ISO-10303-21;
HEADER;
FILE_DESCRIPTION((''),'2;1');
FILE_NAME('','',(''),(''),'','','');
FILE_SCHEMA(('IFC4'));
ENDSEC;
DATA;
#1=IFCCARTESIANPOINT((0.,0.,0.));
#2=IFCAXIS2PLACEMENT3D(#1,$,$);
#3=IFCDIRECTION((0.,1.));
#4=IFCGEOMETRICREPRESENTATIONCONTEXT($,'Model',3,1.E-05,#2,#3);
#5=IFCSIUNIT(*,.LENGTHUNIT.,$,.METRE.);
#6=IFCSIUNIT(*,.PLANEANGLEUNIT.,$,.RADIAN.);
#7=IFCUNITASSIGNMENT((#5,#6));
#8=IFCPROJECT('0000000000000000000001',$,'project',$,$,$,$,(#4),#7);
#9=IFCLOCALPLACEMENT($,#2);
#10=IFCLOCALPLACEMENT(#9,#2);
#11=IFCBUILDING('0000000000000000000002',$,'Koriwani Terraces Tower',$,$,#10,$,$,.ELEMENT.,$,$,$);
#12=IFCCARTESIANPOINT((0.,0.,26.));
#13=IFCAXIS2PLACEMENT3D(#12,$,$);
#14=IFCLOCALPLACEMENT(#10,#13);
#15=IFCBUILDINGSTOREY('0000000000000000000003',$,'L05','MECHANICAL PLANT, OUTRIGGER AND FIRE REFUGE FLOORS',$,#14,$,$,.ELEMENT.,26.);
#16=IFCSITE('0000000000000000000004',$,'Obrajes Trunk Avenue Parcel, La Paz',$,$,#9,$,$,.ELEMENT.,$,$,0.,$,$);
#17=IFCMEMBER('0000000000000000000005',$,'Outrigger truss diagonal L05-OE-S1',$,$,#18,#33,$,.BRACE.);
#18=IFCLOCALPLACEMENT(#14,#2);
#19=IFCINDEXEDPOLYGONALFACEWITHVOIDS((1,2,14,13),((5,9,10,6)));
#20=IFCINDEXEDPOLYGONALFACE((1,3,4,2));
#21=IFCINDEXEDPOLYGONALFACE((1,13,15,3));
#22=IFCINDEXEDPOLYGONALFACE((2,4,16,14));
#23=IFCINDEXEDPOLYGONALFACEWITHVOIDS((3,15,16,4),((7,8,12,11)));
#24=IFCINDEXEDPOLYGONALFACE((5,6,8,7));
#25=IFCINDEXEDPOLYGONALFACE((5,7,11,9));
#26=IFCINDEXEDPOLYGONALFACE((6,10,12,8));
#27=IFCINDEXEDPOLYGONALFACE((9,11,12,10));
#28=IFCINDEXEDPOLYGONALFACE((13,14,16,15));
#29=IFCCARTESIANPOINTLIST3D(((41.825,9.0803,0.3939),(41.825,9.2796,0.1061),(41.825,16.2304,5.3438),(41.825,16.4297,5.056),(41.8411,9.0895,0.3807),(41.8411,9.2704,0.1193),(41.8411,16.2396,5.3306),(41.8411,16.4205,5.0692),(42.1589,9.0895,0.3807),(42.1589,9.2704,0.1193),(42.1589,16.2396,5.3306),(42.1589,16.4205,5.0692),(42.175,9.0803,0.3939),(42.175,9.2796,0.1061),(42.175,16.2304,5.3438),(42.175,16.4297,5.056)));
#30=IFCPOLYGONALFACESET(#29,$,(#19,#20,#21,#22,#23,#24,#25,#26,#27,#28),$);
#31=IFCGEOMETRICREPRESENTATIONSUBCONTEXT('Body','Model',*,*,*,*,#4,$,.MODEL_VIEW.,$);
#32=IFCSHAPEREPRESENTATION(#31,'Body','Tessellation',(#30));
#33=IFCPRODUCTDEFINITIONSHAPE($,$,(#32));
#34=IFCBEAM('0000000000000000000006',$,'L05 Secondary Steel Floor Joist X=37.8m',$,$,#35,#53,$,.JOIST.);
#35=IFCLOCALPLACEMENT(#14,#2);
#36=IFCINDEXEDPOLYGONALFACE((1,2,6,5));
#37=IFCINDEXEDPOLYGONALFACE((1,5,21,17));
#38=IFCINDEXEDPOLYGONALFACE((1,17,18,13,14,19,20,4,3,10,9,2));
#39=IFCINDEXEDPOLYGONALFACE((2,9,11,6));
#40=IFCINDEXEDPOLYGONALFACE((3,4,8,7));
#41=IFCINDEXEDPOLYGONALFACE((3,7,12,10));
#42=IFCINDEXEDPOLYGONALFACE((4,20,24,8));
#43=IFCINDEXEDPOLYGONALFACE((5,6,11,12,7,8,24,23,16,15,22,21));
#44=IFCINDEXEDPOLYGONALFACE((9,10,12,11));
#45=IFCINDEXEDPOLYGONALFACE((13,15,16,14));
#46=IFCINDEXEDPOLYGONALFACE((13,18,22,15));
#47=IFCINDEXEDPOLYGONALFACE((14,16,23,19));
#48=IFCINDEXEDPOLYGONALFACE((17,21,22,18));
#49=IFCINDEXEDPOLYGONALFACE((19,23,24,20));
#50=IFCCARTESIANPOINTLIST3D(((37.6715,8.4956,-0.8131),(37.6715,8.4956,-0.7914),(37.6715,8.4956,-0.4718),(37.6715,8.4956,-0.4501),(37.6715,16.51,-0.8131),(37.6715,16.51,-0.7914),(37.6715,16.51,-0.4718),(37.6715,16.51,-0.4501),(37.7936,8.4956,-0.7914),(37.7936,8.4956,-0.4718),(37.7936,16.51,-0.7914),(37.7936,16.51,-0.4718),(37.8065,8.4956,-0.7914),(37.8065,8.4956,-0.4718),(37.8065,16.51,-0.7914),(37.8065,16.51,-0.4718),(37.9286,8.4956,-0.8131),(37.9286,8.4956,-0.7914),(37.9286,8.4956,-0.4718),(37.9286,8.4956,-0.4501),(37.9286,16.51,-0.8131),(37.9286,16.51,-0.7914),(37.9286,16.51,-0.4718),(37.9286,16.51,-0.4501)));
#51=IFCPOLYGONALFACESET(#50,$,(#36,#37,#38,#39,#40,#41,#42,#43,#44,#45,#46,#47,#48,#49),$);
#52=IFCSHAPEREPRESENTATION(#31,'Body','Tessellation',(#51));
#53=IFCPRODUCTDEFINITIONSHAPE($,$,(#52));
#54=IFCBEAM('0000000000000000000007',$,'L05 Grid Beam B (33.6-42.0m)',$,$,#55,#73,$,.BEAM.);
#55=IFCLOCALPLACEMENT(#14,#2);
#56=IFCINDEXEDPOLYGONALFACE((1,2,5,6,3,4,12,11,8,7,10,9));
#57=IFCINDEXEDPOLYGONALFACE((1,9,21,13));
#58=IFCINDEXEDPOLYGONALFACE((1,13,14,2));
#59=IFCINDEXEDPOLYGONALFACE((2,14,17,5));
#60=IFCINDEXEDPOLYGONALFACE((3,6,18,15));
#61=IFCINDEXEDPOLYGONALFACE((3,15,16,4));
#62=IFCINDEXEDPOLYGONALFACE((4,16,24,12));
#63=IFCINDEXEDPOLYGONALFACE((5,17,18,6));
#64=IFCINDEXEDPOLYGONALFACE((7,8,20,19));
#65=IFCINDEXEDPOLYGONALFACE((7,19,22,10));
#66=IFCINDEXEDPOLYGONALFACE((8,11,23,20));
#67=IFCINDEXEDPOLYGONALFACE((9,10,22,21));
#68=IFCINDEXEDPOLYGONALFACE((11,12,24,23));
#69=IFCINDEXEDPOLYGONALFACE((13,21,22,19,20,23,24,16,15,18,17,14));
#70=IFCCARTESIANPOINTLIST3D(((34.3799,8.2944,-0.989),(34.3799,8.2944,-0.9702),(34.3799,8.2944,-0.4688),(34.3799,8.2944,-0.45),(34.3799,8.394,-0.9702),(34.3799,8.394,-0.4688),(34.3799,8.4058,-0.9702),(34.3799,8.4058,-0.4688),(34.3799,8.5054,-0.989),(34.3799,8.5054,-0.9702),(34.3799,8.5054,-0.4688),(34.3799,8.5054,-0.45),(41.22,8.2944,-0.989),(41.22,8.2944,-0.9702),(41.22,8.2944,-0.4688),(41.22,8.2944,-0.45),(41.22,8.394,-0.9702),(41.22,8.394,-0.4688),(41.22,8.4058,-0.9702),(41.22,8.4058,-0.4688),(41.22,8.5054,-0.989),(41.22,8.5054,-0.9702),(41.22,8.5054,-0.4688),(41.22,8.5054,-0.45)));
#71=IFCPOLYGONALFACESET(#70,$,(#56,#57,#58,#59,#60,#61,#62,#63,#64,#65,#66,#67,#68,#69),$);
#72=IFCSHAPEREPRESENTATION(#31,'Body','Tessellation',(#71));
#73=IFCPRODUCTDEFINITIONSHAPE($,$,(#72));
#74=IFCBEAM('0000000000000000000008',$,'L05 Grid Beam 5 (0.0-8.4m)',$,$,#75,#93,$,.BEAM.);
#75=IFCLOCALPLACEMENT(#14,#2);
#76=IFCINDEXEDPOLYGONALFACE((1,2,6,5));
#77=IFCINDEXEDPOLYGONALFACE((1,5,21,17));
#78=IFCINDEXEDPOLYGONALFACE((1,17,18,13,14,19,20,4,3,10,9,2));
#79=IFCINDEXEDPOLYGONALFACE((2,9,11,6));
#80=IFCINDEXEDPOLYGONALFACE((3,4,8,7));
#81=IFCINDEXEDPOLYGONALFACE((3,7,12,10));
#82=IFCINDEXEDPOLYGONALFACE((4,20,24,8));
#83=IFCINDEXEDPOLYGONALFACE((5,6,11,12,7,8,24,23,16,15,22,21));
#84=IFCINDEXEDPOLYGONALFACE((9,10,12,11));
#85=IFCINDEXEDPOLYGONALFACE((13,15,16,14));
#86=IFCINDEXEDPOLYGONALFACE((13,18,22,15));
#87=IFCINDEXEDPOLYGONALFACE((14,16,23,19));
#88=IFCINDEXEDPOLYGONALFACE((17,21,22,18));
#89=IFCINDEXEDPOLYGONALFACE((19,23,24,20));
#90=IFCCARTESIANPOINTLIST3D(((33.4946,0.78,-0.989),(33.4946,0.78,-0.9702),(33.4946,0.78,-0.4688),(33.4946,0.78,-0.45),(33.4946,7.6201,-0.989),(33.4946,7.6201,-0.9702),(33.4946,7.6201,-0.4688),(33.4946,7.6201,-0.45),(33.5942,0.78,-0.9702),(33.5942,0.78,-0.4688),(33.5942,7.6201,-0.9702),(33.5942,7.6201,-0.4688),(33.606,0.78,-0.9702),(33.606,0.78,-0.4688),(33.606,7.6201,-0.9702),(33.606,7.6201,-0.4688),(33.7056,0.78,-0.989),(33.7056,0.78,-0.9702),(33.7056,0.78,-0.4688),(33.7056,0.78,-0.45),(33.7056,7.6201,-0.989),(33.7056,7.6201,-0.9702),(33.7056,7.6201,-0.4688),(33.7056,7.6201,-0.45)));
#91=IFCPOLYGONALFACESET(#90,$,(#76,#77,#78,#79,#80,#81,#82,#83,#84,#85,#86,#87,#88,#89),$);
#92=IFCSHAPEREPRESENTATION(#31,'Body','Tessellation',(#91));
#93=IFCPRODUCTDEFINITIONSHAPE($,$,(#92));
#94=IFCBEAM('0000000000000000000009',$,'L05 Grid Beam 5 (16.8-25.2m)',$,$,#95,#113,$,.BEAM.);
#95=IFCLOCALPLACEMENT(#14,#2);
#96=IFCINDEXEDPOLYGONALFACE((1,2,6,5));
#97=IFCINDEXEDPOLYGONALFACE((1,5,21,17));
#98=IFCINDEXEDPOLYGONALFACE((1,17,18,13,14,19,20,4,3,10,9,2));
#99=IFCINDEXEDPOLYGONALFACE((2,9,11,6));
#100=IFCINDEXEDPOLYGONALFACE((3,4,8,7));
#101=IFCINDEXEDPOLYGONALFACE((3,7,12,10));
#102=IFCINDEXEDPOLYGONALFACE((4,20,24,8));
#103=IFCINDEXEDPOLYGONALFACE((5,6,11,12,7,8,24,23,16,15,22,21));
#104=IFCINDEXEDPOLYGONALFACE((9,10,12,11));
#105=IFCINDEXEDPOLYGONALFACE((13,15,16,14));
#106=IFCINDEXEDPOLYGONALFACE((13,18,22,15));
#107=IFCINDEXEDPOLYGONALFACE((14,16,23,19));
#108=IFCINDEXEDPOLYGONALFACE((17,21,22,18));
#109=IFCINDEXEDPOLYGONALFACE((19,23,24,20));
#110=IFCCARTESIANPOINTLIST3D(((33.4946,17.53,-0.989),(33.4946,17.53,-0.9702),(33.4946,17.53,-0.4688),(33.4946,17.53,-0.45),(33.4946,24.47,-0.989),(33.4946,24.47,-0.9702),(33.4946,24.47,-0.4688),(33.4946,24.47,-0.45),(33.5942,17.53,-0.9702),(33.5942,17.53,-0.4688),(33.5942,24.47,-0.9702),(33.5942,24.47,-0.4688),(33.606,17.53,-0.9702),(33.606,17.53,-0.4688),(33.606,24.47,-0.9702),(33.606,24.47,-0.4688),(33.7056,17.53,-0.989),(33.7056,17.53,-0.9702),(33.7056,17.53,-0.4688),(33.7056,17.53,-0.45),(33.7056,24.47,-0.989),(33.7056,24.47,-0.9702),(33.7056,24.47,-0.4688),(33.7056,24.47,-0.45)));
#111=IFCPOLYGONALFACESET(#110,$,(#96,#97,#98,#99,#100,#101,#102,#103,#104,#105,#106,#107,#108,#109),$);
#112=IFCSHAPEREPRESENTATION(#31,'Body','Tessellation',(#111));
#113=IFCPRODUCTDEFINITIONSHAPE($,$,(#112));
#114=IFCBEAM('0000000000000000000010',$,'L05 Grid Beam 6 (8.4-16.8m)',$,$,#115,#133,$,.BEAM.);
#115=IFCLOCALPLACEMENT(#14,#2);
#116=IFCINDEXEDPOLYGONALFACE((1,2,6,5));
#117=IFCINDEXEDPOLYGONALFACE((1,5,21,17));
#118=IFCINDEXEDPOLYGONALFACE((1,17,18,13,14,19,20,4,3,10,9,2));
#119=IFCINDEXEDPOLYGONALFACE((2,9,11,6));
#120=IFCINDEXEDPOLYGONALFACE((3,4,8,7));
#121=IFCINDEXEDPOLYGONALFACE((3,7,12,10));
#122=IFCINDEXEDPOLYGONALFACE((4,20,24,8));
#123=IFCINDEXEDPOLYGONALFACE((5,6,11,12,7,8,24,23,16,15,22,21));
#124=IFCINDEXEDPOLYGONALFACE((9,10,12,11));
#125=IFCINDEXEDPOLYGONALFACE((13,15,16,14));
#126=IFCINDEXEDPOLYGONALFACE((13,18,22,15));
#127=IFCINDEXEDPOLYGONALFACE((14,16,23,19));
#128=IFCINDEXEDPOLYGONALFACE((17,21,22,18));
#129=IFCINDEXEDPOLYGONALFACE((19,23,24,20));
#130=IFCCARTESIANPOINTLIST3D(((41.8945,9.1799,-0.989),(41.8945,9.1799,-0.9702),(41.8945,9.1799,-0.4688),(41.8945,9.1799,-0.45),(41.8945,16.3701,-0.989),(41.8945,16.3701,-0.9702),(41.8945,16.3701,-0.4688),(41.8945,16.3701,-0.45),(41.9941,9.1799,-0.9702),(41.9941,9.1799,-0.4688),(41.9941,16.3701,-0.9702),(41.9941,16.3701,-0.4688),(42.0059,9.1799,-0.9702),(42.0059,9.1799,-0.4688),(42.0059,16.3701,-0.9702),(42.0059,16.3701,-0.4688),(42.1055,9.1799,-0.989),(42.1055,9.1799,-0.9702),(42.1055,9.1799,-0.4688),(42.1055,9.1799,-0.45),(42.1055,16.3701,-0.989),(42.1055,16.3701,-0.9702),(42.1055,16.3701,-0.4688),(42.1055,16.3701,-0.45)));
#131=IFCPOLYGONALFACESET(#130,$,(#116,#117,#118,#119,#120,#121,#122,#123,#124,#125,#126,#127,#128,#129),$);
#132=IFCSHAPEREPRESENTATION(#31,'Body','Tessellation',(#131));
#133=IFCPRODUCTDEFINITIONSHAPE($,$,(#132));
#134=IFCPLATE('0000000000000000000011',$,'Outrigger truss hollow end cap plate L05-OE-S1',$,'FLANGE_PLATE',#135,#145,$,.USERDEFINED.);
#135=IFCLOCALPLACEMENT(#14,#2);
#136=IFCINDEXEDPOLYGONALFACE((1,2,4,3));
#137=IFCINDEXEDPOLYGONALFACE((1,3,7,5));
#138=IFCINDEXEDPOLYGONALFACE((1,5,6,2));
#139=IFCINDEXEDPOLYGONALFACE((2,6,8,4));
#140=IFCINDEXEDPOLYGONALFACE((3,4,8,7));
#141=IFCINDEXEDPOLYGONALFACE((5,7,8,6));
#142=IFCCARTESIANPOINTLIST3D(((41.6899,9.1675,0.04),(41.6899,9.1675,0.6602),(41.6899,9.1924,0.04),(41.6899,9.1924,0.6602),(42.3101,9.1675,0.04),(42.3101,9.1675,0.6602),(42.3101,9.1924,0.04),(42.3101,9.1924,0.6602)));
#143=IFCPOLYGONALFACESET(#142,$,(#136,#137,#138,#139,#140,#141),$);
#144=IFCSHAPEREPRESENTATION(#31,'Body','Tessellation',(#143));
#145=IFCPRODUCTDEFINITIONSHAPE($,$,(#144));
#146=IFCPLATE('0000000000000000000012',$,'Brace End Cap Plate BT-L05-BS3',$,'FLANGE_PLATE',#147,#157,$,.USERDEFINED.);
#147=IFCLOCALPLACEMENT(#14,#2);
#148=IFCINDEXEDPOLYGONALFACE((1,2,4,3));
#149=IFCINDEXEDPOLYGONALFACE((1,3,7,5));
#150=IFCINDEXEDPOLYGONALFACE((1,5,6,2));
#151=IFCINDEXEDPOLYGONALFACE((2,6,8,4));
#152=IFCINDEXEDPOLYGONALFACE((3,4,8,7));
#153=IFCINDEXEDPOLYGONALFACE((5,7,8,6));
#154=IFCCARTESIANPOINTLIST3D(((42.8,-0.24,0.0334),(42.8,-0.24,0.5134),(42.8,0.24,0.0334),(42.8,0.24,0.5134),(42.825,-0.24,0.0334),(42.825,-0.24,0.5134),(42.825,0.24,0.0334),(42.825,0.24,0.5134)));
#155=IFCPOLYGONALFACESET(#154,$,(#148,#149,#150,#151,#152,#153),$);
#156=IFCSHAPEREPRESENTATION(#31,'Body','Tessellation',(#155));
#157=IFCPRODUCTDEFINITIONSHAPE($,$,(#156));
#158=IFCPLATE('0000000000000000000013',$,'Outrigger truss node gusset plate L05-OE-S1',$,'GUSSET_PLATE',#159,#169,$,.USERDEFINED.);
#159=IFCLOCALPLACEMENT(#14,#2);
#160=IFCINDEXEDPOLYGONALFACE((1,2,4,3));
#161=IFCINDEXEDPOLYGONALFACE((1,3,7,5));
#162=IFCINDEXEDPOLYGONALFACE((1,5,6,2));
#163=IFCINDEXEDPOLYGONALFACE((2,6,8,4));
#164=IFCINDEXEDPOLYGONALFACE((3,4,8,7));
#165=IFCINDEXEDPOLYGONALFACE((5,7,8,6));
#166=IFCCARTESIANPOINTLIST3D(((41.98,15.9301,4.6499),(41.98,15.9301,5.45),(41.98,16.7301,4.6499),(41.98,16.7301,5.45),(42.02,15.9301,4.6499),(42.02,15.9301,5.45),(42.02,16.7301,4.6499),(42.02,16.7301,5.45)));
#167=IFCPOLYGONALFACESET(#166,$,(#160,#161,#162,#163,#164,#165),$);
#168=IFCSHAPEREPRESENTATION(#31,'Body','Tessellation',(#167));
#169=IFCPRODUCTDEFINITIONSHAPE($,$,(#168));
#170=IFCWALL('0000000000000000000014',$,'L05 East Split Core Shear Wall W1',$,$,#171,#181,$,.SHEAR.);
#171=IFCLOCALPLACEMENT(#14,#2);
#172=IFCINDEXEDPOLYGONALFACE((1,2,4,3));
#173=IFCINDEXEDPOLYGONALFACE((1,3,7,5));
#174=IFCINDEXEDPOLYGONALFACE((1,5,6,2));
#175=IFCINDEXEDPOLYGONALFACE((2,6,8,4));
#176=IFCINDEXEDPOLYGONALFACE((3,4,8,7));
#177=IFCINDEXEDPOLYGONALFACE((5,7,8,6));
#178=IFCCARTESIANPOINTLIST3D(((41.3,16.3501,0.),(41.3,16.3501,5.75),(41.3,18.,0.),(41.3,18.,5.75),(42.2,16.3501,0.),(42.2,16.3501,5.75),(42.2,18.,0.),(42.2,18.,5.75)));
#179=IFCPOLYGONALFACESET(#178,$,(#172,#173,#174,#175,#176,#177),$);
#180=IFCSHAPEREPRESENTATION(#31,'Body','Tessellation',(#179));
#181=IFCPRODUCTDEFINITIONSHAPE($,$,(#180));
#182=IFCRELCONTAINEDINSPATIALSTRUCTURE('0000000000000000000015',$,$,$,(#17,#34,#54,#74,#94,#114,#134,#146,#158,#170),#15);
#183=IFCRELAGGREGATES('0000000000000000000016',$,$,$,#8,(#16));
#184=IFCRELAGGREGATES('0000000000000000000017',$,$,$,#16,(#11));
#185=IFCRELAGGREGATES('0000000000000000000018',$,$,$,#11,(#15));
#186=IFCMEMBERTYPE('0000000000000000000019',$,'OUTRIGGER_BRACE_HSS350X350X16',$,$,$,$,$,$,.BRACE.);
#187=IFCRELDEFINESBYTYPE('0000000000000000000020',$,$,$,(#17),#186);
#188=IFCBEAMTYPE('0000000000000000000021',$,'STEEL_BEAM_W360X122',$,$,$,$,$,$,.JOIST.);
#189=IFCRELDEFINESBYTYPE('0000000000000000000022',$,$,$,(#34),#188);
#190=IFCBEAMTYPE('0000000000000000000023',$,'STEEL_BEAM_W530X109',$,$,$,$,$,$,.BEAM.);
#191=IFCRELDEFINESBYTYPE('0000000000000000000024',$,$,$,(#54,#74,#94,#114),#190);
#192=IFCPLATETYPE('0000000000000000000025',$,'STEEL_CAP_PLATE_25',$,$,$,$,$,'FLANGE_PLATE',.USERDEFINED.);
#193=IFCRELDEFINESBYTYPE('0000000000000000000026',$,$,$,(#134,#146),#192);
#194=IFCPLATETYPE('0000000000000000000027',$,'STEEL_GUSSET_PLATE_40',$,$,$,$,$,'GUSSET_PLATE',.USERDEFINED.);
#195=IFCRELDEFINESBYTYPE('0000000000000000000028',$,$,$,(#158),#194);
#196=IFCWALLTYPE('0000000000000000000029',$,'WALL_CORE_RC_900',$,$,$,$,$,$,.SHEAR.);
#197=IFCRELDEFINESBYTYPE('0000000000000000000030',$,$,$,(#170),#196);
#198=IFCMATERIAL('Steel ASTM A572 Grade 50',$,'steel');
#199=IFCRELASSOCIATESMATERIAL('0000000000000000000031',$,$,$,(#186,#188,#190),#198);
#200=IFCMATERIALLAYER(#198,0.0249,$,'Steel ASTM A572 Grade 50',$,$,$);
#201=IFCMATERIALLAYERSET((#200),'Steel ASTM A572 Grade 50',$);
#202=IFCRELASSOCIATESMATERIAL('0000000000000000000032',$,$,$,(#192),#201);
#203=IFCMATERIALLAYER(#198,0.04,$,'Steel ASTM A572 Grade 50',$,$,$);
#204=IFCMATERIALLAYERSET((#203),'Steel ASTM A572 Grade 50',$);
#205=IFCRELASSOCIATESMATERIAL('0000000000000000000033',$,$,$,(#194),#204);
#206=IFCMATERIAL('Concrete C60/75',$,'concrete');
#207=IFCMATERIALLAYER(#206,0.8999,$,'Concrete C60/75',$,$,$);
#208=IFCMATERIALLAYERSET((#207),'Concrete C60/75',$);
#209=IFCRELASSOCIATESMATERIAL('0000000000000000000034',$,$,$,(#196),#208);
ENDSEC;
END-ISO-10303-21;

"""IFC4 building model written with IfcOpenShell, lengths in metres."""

from ifc_helpers import new_model, si_unit, direction, frame, frame_2d, origin, origin_2d, place, context, subcontext, project, spatial, rectangle, hollow_rectangle, i_section, extrude, material, layer, layer_set, material_profile, profile_set, type_object, element, save


model = new_model("IFC4")

# Units and contexts
model_context = context("Model", 3, precision=1e-05, world=origin(), true_north=direction((0.0, 1.0)))
body_context = subcontext(model_context, "Body", "Model", "MODEL_VIEW")
ifc_project = project(units=[si_unit("LENGTHUNIT", "METRE"), si_unit("PLANEANGLEUNIT", "RADIAN")], contexts=[model_context])

# Site, building, storey
site_placement = place(None, origin())
site = spatial("IfcSite", under=ifc_project, at=site_placement, Name="Obrajes Trunk Avenue Parcel, La Paz", CompositionType="ELEMENT", RefElevation=0.0)
building_placement = place(site_placement, origin())
building = spatial("IfcBuilding", under=site, at=building_placement, Name="Koriwani Terraces Tower", CompositionType="ELEMENT")
storey_placement = place(building_placement, frame((0.0, 0.0, 26.0)))
storey = spatial("IfcBuildingStorey", under=building, at=storey_placement, Name="L05", Description="MECHANICAL PLANT, OUTRIGGER AND FIRE REFUGE FLOORS", CompositionType="ELEMENT", Elevation=26.0)

# Shared definitions
ifc_material_1 = material(Name="Concrete C60/75", Category="concrete")

# Member
ifc_material_2 = material(Name="Steel ASTM A572 Grade 50", Category="steel")
ifc_material_profile_1 = material_profile(ifc_material_2, hollow_rectangle(XDim=0.3501, YDim=0.3501, WallThickness=0.0161, at=origin_2d()), Name="Steel ASTM A572 Grade 50", Category="LoadBearing")
ifc_profile_set_1 = profile_set([ifc_material_profile_1], Name="Steel ASTM A572 Grade 50")
member_type_1 = type_object("IfcMemberType", Name="OUTRIGGER_BRACE_HSS350X350X16", PredefinedType="BRACE", material=ifc_profile_set_1)
member_1_placement = place(storey_placement, frame((42.0, 9.1799, 0.25), z_axis=(0.0, 0.8222, 0.569198), x_axis=(-1.0, 0.0, 0.0)))
element("IfcMember", 1, at=member_1_placement, inside=storey, type_object=member_type_1, Name="Outrigger truss diagonal L05-OE-S1", PredefinedType="BRACE", context=body_context, shape_type="SweptSolid", body=[
    extrude(hollow_rectangle(XDim=0.3501, YDim=0.3501, WallThickness=0.0161, at=origin_2d()), origin(), (0.0, 0.0, 1.0), 8.6963),
])

# Beams
ifc_material_profile_2 = material_profile(ifc_material_2, i_section(OverallWidth=0.2571, OverallDepth=0.363, WebThickness=0.0129, FlangeThickness=0.0217, at=origin_2d()), Name="Steel ASTM A572 Grade 50", Category="LoadBearing")
ifc_profile_set_2 = profile_set([ifc_material_profile_2], Name="Steel ASTM A572 Grade 50")
beam_type_1 = type_object("IfcBeamType", Name="STEEL_BEAM_W360X122", PredefinedType="JOIST", material=ifc_profile_set_2)
beam_1_placement = place(storey_placement, frame((37.8, 8.4956, -0.6316), z_axis=(0.0, 1.0, 0.0), x_axis=(-1.0, 0.0, 0.0)))
element("IfcBeam", 2, at=beam_1_placement, inside=storey, type_object=beam_type_1, Name="L05 Secondary Steel Floor Joist X=37.8m", PredefinedType="JOIST", context=body_context, shape_type="SweptSolid", body=[
    extrude(i_section(OverallWidth=0.2571, OverallDepth=0.363, WebThickness=0.0129, FlangeThickness=0.0217, at=origin_2d()), origin(), (0.0, 0.0, 1.0), 8.0144),
])
ifc_material_profile_3 = material_profile(ifc_material_2, i_section(OverallWidth=0.2109, OverallDepth=0.5391, WebThickness=0.0117, FlangeThickness=0.0188, at=origin_2d()), Name="Steel ASTM A572 Grade 50", Category="LoadBearing")
ifc_profile_set_3 = profile_set([ifc_material_profile_3], Name="Steel ASTM A572 Grade 50")
beam_type_2 = type_object("IfcBeamType", Name="STEEL_BEAM_W530X109", PredefinedType="BEAM", material=ifc_profile_set_3)
for number, where, z_axis, x_axis, name in (
    (3, (34.3799, 8.3999, -0.7195), (1.0, 0.0, 0.0), (0.0, 1.0, 0.0), "L05 Grid Beam B (33.6-42.0m)"),
    (4, (33.6001, 0.78, -0.7195), (0.0, 1.0, 0.0), (-1.0, 0.0, 0.0), "L05 Grid Beam 5 (0.0-8.4m)"),
):
    element("IfcBeam", number, at=place(storey_placement, frame(where, z_axis=z_axis, x_axis=x_axis)), inside=storey, type_object=beam_type_2, Name=name, PredefinedType="BEAM", context=body_context, shape_type="SweptSolid", body=[
        extrude(i_section(OverallWidth=0.2109, OverallDepth=0.5391, WebThickness=0.0117, FlangeThickness=0.0188, at=origin_2d()), origin(), (0.0, 0.0, 1.0), 6.8401),
    ])
beam_2_placement = place(storey_placement, frame((33.6001, 17.53, -0.7195), z_axis=(0.0, 1.0, 0.0), x_axis=(-1.0, 0.0, 0.0)))
element("IfcBeam", 5, at=beam_2_placement, inside=storey, type_object=beam_type_2, Name="L05 Grid Beam 5 (16.8-25.2m)", PredefinedType="BEAM", context=body_context, shape_type="SweptSolid", body=[
    extrude(i_section(OverallWidth=0.2109, OverallDepth=0.5391, WebThickness=0.0117, FlangeThickness=0.0188, at=origin_2d()), origin(), (0.0, 0.0, 1.0), 6.9399),
])
beam_3_placement = place(storey_placement, frame((42.0, 9.1799, -0.7195), z_axis=(0.0, 1.0, 0.0), x_axis=(-1.0, 0.0, 0.0)))
element("IfcBeam", 6, at=beam_3_placement, inside=storey, type_object=beam_type_2, Name="L05 Grid Beam 6 (8.4-16.8m)", PredefinedType="BEAM", context=body_context, shape_type="SweptSolid", body=[
    extrude(i_section(OverallWidth=0.2109, OverallDepth=0.5391, WebThickness=0.0117, FlangeThickness=0.0188, at=origin_2d()), origin(), (0.0, 0.0, 1.0), 7.1902),
])

# Plates
ifc_layer_1 = layer(ifc_material_2, 0.0249, Name="Steel ASTM A572 Grade 50")
ifc_layer_set_1 = layer_set([ifc_layer_1], Name="Steel ASTM A572 Grade 50")
plate_type_1 = type_object("IfcPlateType", Name="STEEL_CAP_PLATE_25", ElementType="FLANGE_PLATE", PredefinedType="USERDEFINED", material=ifc_layer_set_1)
plate_1_placement = place(storey_placement, frame((42.0, 9.1799, 0.04), z_axis=(0.0, 0.0, 1.0), x_axis=(0.0, 1.0, 0.0)))
element("IfcPlate", 7, at=plate_1_placement, inside=storey, type_object=plate_type_1, Name="Outrigger truss hollow end cap plate L05-OE-S1", ObjectType="FLANGE_PLATE", PredefinedType="USERDEFINED", context=body_context, shape_type="SweptSolid", body=[
    extrude(rectangle(XDim=0.0249, YDim=0.6201, at=origin_2d()), origin(), (0.0, 0.0, 1.0), 0.6201),
])
plate_2_placement = place(storey_placement, frame((42.8125, 0.0, 0.0334), z_axis=(0.0, 0.0, 1.0), x_axis=(1.0, 0.0, 0.0)))
element("IfcPlate", 8, at=plate_2_placement, inside=storey, type_object=plate_type_1, Name="Brace End Cap Plate BT-L05-BS3", ObjectType="FLANGE_PLATE", PredefinedType="USERDEFINED", context=body_context, shape_type="SweptSolid", body=[
    extrude(rectangle(XDim=0.0249, YDim=0.48, at=origin_2d()), origin(), (0.0, 0.0, 1.0), 0.48),
])
ifc_layer_2 = layer(ifc_material_2, 0.04, Name="Steel ASTM A572 Grade 50")
ifc_layer_set_2 = layer_set([ifc_layer_2], Name="Steel ASTM A572 Grade 50")
plate_type_2 = type_object("IfcPlateType", Name="STEEL_GUSSET_PLATE_40", ElementType="GUSSET_PLATE", PredefinedType="USERDEFINED", material=ifc_layer_set_2)
plate_3_placement = place(storey_placement, frame((42.0, 16.3301, 4.6499), z_axis=(0.0, 0.0, 1.0), x_axis=(0.0, 1.0, 0.0)))
element("IfcPlate", 9, at=plate_3_placement, inside=storey, type_object=plate_type_2, Name="Outrigger truss node gusset plate L05-OE-S1", ObjectType="GUSSET_PLATE", PredefinedType="USERDEFINED", context=body_context, shape_type="SweptSolid", body=[
    extrude(rectangle(XDim=0.8, YDim=0.04, at=origin_2d()), origin(), (0.0, 0.0, 1.0), 0.8),
])

# Wall
ifc_layer_3 = layer(ifc_material_1, 0.8999, Name="Concrete C60/75")
ifc_layer_set_3 = layer_set([ifc_layer_3], Name="Concrete C60/75")
wall_type_1 = type_object("IfcWallType", Name="WALL_CORE_RC_900", PredefinedType="SHEAR", material=ifc_layer_set_3)
wall_1_placement = place(storey_placement, frame((41.75, 16.3501, 0.0), z_axis=(0.0, 0.0, 1.0), x_axis=(0.0, 1.0, 0.0)))
element("IfcWall", 10, at=wall_1_placement, inside=storey, type_object=wall_type_1, Name="L05 East Split Core Shear Wall W1", PredefinedType="SHEAR", context=body_context, shape_type="SweptSolid", body=[
    extrude(rectangle(XDim=1.6499, YDim=0.8999, at=frame_2d((0.825, 0.0))), origin(), (0.0, 0.0, 1.0), 5.75),
])

save(model, "model.ifc")
